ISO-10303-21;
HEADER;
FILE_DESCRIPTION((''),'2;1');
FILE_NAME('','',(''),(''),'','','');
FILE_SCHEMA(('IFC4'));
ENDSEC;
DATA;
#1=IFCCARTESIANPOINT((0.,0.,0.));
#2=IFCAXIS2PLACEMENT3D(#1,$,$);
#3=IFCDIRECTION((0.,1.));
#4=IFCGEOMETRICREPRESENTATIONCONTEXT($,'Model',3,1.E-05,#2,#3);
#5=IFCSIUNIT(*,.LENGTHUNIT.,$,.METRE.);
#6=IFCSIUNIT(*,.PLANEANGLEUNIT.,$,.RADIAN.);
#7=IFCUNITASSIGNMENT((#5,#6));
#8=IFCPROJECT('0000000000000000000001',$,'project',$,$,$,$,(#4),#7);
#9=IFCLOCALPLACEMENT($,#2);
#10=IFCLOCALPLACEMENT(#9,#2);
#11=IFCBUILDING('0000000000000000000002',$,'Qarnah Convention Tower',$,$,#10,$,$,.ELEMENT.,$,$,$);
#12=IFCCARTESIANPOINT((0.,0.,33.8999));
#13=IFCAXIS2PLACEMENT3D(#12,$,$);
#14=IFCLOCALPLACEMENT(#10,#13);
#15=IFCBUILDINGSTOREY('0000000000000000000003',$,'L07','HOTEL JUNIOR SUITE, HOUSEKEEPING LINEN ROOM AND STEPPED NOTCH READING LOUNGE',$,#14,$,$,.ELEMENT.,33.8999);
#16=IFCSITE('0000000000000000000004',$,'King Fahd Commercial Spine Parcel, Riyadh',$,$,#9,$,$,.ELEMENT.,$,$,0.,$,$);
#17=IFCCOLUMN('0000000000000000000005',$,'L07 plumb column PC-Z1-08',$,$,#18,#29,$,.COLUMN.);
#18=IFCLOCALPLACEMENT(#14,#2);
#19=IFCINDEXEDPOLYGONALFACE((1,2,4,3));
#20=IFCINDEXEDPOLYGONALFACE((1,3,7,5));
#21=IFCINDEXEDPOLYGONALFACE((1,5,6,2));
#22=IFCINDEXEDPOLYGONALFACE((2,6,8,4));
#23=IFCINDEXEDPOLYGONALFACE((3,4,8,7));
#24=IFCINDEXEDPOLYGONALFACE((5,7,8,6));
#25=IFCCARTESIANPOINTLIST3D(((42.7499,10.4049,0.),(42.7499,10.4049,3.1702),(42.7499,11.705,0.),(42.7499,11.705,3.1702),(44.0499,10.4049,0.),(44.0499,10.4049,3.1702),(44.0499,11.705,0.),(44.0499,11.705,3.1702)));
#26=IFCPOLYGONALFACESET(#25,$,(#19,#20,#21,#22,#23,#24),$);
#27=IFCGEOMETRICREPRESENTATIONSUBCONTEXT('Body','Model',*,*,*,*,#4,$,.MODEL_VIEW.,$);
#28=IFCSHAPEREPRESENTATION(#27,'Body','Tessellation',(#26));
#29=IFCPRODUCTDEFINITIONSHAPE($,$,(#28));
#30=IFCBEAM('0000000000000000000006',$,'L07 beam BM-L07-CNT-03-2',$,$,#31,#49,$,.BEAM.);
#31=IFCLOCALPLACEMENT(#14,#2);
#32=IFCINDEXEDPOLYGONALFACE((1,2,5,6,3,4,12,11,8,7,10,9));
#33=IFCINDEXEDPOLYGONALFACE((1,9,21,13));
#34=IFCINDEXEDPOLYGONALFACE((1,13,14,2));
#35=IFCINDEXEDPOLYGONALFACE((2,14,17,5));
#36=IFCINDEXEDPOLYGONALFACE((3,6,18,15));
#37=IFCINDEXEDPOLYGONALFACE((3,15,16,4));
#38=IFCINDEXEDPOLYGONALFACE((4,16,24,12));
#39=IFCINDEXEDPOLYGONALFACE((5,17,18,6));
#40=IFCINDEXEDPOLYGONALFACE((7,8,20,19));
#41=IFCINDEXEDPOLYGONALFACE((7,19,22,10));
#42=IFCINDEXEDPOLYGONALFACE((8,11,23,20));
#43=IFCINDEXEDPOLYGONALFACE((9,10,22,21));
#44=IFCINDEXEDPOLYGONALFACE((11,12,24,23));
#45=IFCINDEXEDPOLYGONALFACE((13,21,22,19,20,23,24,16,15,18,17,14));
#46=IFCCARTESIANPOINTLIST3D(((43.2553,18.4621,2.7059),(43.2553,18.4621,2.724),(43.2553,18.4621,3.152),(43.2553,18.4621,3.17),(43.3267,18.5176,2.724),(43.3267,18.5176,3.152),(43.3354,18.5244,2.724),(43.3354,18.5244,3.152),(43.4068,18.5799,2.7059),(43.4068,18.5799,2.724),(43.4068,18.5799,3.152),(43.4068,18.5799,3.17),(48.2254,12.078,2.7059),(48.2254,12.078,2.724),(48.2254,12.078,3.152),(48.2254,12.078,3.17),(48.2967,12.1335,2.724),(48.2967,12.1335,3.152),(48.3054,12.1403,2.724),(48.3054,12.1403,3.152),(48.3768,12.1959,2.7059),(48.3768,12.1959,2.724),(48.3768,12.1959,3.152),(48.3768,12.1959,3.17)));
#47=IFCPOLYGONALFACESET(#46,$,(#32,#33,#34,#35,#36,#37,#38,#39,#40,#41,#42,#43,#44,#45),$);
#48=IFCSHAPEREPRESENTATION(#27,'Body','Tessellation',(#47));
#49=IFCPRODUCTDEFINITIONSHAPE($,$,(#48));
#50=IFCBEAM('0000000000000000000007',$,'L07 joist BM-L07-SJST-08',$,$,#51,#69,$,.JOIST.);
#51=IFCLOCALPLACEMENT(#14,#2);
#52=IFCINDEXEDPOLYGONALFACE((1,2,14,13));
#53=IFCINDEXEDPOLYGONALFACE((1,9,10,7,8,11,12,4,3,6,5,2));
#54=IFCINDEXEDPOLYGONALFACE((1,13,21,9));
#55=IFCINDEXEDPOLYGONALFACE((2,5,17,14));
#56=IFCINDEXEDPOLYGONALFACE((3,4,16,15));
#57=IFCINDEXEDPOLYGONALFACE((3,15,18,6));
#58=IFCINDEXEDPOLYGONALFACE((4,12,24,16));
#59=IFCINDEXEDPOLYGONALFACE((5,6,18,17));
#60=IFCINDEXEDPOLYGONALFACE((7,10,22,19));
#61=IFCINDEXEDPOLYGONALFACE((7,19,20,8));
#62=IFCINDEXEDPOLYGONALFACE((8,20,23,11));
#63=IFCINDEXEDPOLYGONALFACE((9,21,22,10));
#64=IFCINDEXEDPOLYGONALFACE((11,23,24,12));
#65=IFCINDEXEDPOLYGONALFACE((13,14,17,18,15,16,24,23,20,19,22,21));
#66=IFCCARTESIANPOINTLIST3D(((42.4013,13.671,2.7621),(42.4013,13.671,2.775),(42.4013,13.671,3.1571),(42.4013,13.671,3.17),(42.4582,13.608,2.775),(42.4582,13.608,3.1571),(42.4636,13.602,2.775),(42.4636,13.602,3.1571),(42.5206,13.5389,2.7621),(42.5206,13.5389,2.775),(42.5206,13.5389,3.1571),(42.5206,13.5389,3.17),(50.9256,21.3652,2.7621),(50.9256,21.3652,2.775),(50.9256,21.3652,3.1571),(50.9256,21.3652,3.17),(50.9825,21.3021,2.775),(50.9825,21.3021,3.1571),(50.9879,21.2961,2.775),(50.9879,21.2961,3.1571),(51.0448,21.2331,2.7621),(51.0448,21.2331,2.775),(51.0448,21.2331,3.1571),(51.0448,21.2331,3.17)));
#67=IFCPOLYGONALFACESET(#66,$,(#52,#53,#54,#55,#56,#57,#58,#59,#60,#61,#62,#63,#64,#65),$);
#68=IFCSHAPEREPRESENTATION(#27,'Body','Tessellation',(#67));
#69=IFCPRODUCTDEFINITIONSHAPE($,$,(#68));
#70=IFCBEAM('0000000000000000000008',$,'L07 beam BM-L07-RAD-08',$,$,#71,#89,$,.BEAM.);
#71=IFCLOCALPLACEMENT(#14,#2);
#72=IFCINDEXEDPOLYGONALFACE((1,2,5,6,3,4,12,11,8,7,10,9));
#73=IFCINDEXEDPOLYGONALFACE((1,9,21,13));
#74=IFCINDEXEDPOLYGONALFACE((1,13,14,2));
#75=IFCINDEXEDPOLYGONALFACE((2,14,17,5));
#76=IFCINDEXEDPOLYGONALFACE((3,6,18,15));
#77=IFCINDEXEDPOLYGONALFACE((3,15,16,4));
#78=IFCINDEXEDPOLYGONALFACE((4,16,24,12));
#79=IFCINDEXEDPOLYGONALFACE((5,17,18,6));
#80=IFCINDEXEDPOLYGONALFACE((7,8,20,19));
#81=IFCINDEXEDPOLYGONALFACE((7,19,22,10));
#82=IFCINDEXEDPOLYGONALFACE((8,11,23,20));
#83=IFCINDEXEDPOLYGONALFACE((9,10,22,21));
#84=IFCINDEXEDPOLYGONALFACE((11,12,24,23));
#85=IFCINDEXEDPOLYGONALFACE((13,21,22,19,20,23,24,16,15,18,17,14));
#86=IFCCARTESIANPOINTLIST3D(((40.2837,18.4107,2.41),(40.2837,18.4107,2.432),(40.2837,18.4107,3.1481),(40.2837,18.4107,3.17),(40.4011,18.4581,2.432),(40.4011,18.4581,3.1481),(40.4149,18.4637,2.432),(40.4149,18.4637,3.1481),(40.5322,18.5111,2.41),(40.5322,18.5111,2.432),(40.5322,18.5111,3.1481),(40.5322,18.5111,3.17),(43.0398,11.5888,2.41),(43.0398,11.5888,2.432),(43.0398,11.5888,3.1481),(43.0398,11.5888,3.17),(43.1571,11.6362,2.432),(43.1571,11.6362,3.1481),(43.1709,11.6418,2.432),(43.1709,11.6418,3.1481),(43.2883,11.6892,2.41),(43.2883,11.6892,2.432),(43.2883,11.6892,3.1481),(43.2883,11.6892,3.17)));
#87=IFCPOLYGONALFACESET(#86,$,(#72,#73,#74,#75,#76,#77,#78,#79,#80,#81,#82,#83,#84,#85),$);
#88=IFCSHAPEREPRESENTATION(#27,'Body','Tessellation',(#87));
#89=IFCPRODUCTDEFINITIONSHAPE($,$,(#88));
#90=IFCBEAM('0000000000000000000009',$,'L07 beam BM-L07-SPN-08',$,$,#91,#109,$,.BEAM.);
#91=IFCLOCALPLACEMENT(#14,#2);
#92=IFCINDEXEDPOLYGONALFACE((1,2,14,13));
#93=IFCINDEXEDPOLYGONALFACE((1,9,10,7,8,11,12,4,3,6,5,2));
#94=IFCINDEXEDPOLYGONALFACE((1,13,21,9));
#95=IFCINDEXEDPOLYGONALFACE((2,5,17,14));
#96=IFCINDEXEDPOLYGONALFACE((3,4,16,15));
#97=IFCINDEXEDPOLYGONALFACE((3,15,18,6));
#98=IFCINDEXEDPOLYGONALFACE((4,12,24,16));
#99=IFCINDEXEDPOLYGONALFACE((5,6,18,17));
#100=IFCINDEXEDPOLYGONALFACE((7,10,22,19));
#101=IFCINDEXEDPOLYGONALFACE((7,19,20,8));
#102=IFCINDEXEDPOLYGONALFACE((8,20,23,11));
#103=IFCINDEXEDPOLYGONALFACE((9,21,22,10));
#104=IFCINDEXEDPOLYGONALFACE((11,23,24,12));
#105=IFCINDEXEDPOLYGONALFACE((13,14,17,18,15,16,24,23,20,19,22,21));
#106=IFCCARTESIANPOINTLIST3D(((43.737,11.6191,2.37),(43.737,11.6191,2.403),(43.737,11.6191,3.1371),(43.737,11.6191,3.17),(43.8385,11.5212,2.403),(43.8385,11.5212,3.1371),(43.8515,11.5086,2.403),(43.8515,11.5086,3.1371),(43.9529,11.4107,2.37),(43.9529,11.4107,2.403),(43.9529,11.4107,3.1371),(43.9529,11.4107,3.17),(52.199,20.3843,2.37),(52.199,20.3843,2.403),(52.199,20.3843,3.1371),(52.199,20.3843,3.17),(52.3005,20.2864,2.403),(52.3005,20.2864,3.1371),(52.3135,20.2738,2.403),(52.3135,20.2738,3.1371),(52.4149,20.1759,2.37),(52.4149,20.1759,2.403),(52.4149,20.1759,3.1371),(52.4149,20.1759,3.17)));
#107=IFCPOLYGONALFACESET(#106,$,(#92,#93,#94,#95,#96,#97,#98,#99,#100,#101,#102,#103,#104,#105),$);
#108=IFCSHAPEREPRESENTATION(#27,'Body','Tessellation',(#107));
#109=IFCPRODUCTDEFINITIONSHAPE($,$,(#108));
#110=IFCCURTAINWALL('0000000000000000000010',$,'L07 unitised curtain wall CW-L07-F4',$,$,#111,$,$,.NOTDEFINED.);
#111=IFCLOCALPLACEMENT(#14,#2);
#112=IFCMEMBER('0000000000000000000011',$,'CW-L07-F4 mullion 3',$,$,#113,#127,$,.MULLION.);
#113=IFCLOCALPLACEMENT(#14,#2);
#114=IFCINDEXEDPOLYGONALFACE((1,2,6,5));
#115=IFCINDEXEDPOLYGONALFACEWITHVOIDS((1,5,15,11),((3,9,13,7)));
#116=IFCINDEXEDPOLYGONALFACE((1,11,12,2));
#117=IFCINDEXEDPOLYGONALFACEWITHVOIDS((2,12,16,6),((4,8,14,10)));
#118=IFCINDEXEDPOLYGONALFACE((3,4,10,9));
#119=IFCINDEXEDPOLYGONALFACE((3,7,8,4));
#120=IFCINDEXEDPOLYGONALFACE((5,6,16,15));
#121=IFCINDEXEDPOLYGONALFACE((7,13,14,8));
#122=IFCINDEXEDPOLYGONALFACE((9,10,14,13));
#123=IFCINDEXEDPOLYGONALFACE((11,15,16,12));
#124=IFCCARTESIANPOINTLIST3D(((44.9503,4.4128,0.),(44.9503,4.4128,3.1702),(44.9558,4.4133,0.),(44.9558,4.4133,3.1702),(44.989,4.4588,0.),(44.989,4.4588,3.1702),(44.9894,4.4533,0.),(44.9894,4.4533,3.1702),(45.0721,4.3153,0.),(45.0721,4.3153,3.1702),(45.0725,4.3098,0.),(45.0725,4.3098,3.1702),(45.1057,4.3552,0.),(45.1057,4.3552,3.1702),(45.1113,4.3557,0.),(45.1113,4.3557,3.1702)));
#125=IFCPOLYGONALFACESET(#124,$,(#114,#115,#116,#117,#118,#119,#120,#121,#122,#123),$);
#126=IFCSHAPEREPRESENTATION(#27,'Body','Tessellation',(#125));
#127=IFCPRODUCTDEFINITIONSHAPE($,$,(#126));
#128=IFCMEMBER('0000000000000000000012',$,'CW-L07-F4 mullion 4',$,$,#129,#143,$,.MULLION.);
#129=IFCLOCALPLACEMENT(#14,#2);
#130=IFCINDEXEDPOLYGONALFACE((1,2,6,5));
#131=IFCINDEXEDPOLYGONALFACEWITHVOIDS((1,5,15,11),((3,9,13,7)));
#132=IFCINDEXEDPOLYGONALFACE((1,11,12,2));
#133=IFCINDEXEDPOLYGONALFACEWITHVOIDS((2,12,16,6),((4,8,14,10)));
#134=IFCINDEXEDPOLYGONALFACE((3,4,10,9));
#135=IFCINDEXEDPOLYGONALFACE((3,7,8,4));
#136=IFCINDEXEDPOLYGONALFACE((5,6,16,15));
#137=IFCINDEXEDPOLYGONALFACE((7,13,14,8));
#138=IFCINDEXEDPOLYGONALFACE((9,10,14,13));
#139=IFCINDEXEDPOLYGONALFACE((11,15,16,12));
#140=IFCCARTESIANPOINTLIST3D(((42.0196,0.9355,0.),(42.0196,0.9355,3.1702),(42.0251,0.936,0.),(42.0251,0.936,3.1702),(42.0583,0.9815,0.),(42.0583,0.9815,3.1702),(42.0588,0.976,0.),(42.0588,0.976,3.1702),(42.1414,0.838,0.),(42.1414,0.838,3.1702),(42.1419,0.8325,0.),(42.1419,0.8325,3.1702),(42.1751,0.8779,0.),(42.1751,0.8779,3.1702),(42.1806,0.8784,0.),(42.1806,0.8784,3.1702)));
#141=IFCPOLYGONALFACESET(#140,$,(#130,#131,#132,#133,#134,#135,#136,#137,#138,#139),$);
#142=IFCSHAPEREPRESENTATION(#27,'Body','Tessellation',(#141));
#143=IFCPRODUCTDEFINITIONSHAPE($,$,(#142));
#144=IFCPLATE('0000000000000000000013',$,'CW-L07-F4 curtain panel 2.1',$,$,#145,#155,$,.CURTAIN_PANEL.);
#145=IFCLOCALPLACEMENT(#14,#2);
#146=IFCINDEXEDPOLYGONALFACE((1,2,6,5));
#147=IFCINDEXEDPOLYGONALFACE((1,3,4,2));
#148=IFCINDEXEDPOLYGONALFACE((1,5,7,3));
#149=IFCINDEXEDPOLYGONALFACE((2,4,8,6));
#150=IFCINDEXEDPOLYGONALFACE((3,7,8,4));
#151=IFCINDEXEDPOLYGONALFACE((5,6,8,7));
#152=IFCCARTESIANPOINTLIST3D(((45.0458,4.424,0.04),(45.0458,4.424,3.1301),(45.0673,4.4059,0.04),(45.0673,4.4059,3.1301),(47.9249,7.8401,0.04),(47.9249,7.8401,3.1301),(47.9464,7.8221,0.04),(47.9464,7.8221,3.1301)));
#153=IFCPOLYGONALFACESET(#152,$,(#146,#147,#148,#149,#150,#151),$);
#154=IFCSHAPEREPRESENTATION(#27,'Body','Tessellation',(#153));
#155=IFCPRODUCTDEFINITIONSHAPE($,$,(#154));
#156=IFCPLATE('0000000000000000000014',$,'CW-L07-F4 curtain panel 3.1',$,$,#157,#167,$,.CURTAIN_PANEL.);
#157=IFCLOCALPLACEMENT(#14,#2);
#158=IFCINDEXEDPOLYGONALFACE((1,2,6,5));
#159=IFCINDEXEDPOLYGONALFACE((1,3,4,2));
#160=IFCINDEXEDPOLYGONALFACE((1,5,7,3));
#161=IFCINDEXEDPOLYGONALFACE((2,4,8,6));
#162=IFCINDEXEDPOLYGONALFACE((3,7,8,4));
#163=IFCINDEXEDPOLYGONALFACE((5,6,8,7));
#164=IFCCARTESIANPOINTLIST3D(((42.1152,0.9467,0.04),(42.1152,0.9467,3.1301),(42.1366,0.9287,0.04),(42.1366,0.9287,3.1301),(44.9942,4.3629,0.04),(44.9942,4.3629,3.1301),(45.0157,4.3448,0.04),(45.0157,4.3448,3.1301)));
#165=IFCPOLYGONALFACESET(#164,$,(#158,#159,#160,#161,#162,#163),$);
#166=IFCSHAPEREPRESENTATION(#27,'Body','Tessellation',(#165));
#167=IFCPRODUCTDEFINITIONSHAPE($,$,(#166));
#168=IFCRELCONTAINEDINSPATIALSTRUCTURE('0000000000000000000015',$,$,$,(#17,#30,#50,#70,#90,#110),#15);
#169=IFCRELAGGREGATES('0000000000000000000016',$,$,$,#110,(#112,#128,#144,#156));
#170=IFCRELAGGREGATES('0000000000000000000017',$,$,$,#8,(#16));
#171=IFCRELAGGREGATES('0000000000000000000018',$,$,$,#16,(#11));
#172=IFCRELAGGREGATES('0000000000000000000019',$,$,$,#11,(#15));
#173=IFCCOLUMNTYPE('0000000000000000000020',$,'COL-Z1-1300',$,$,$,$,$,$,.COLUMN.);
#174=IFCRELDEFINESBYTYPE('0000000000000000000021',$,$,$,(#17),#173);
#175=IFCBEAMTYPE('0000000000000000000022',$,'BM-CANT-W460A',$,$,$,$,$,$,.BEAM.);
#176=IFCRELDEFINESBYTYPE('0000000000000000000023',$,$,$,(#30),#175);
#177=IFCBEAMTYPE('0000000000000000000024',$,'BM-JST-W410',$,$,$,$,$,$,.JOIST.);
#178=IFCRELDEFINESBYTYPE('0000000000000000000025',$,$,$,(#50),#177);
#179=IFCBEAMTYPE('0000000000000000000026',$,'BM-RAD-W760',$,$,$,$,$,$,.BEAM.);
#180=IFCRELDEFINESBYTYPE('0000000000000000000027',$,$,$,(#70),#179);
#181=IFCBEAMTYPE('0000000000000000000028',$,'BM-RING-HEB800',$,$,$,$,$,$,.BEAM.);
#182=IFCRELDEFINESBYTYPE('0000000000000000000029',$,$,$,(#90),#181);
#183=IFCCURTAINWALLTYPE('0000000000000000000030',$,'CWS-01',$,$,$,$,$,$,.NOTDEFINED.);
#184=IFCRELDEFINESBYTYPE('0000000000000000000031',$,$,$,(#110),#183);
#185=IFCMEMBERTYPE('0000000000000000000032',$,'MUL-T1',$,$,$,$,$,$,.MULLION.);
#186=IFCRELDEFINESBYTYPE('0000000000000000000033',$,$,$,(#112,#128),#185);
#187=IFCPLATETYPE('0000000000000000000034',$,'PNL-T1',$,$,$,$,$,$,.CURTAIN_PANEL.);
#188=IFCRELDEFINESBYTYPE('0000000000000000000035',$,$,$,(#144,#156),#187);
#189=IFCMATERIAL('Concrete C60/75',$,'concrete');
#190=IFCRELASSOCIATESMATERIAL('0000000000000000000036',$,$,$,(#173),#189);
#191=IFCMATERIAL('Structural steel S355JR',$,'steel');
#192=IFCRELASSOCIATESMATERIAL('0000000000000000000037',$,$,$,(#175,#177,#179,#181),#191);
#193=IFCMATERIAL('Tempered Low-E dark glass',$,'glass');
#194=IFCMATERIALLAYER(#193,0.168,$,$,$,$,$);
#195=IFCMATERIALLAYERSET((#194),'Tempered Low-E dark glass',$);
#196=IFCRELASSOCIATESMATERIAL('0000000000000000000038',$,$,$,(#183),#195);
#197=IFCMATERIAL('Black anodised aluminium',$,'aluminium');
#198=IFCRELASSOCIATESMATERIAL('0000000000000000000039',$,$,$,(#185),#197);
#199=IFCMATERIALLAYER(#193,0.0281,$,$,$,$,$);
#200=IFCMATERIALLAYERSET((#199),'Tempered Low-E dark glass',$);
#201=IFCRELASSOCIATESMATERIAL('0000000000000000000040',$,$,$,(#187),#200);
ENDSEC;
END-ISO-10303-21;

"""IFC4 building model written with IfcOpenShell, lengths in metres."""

from ifc_helpers import new_model, si_unit, direction, frame, origin, origin_2d, place, context, subcontext, project, spatial, rectangle, hollow_rectangle, i_section, extrude, material, layer, layer_set, material_profile, profile_set, type_object, element, aggregate, save


model = new_model("IFC4")

# Units and contexts
model_context = context("Model", 3, precision=1e-05, world=origin(), true_north=direction((0.0, 1.0)))
body_context = subcontext(model_context, "Body", "Model", "MODEL_VIEW")
ifc_project = project(units=[si_unit("LENGTHUNIT", "METRE"), si_unit("PLANEANGLEUNIT", "RADIAN")], contexts=[model_context])

# Site, building, storey
site_placement = place(None, origin())
site = spatial("IfcSite", under=ifc_project, at=site_placement, Name="King Fahd Commercial Spine Parcel, Riyadh", CompositionType="ELEMENT", RefElevation=0.0)
building_placement = place(site_placement, origin())
building = spatial("IfcBuilding", under=site, at=building_placement, Name="Qarnah Convention Tower", CompositionType="ELEMENT")
storey_placement = place(building_placement, frame((0.0, 0.0, 33.8999)))
storey = spatial("IfcBuildingStorey", under=building, at=storey_placement, Name="L07", Description="HOTEL JUNIOR SUITE, HOUSEKEEPING LINEN ROOM AND STEPPED NOTCH READING LOUNGE", CompositionType="ELEMENT", Elevation=33.8999)

# Column
ifc_material_1 = material(Name="Concrete C60/75", Category="concrete")
ifc_material_profile_1 = material_profile(ifc_material_1, rectangle(XDim=1.3, YDim=1.3, at=origin_2d()), Name="RC-COL-1300X1300")
ifc_profile_set_1 = profile_set([ifc_material_profile_1], Name="Concrete C60/75")
column_type = type_object("IfcColumnType", Name="COL-Z1-1300", PredefinedType="COLUMN", material=ifc_profile_set_1)
column_placement = place(storey_placement, frame((43.3999, 11.0549, 0.0), z_axis=(0.0, 0.0, 1.0), x_axis=(1.0, 0.0, 0.0)))
element("IfcColumn", 1, at=column_placement, inside=storey, type_object=column_type, Name="L07 plumb column PC-Z1-08", PredefinedType="COLUMN", context=body_context, shape_type="SweptSolid", body=[
    extrude(rectangle(XDim=1.3, YDim=1.3, at=origin_2d()), origin(), (0.0, 0.0, 1.0), 3.1702),
])

# Beams
ifc_material_2 = material(Name="Structural steel S355JR", Category="steel")
ifc_material_profile_2 = material_profile(ifc_material_2, i_section(OverallWidth=0.1919, OverallDepth=0.4641, WebThickness=0.011, FlangeThickness=0.0181, at=origin_2d()), Name="W460X89")
ifc_profile_set_2 = profile_set([ifc_material_profile_2], Name="Structural steel S355JR")
beam_type_1 = type_object("IfcBeamType", Name="BM-CANT-W460A", PredefinedType="BEAM", material=ifc_profile_set_2)
beam_1_placement = place(storey_placement, frame((43.3311, 18.521, 2.938), z_axis=(0.614296, -0.789076, 0.0), x_axis=(0.789076, 0.614296, 0.0)))
element("IfcBeam", 2, at=beam_1_placement, inside=storey, type_object=beam_type_1, Name="L07 beam BM-L07-CNT-03-2", PredefinedType="BEAM", context=body_context, shape_type="SweptSolid", body=[
    extrude(i_section(OverallWidth=0.1919, OverallDepth=0.4641, WebThickness=0.011, FlangeThickness=0.0181, at=origin_2d()), origin(), (0.0, 0.0, 1.0), 8.0906),
])
ifc_material_profile_3 = material_profile(ifc_material_2, i_section(OverallWidth=0.178, OverallDepth=0.408, WebThickness=0.0081, FlangeThickness=0.0129, at=origin_2d()), Name="W410X60")
ifc_profile_set_3 = profile_set([ifc_material_profile_3], Name="Structural steel S355JR")
beam_type_2 = type_object("IfcBeamType", Name="BM-JST-W410", PredefinedType="JOIST", material=ifc_profile_set_3)
beam_2_placement = place(storey_placement, frame((42.4609, 13.605, 2.9661), z_axis=(0.742326, 0.670039, 0.0), x_axis=(-0.670039, 0.742326, 0.0)))
element("IfcBeam", 3, at=beam_2_placement, inside=storey, type_object=beam_type_2, Name="L07 joist BM-L07-SJST-08", PredefinedType="JOIST", context=body_context, shape_type="SweptSolid", body=[
    extrude(i_section(OverallWidth=0.178, OverallDepth=0.408, WebThickness=0.0081, FlangeThickness=0.0129, at=origin_2d()), origin(), (0.0, 0.0, 1.0), 11.4832),
])
ifc_material_profile_4 = material_profile(ifc_material_2, i_section(OverallWidth=0.2681, OverallDepth=0.76, WebThickness=0.0149, FlangeThickness=0.022, at=origin_2d()), Name="W760X185")
ifc_profile_set_4 = profile_set([ifc_material_profile_4], Name="Structural steel S355JR")
beam_type_3 = type_object("IfcBeamType", Name="BM-RAD-W760", PredefinedType="BEAM", material=ifc_profile_set_4)
beam_3_placement = place(storey_placement, frame((40.408, 18.4609, 2.79), z_axis=(0.374586, -0.927192, 0.0), x_axis=(0.927192, 0.374586, 0.0)))
element("IfcBeam", 4, at=beam_3_placement, inside=storey, type_object=beam_type_3, Name="L07 beam BM-L07-RAD-08", PredefinedType="BEAM", context=body_context, shape_type="SweptSolid", body=[
    extrude(i_section(OverallWidth=0.2681, OverallDepth=0.76, WebThickness=0.0149, FlangeThickness=0.022, at=origin_2d()), origin(), (0.0, 0.0, 1.0), 7.3577),
])
ifc_material_profile_5 = material_profile(ifc_material_2, i_section(OverallWidth=0.3, OverallDepth=0.8, WebThickness=0.0181, FlangeThickness=0.033, at=origin_2d()), Name="HEB800")
ifc_profile_set_5 = profile_set([ifc_material_profile_5], Name="Structural steel S355JR")
beam_type_4 = type_object("IfcBeamType", Name="BM-RING-HEB800", PredefinedType="BEAM", material=ifc_profile_set_5)
beam_4_placement = place(storey_placement, frame((43.845, 11.5149, 2.77), z_axis=(0.694553, 0.719442, 0.0), x_axis=(-0.719442, 0.694553, 0.0)))
element("IfcBeam", 5, at=beam_4_placement, inside=storey, type_object=beam_type_4, Name="L07 beam BM-L07-SPN-08", PredefinedType="BEAM", context=body_context, shape_type="SweptSolid", body=[
    extrude(i_section(OverallWidth=0.3, OverallDepth=0.8, WebThickness=0.0181, FlangeThickness=0.033, at=origin_2d()), origin(), (0.0, 0.0, 1.0), 12.1833),
])

# Curtain wall, members, plates
ifc_material_3 = material(Name="Tempered Low-E dark glass", Category="glass")
ifc_layer_1 = layer(ifc_material_3, 0.168)
ifc_layer_set_1 = layer_set([ifc_layer_1], Name="Tempered Low-E dark glass")
curtain_wall_type = type_object("IfcCurtainWallType", Name="CWS-01", PredefinedType="NOTDEFINED", material=ifc_layer_set_1)
curtain_wall_placement = place(storey_placement, origin())
curtain_wall = element("IfcCurtainWall", 6, at=curtain_wall_placement, inside=storey, type_object=curtain_wall_type, Name="L07 unitised curtain wall CW-L07-F4", PredefinedType="NOTDEFINED")
ifc_material_4 = material(Name="Black anodised aluminium", Category="aluminium")
ifc_material_profile_6 = material_profile(ifc_material_4, hollow_rectangle(XDim=0.0601, YDim=0.1599, WallThickness=0.0039, at=origin_2d()), Name="MUL-60X160")
ifc_profile_set_6 = profile_set([ifc_material_profile_6], Name="Black anodised aluminium")
member_type = type_object("IfcMemberType", Name="MUL-T1", PredefinedType="MULLION", material=ifc_profile_set_6)
member_1_placement = place(storey_placement, frame((45.0308, 4.3843, 0.0), z_axis=(0.0, 0.0, 1.0), x_axis=(-0.644443, -0.764653, 0.0)))
member_1 = element("IfcMember", 7, at=member_1_placement, type_object=member_type, Name="CW-L07-F4 mullion 3", PredefinedType="MULLION", context=body_context, shape_type="SweptSolid", body=[
    extrude(hollow_rectangle(XDim=0.0601, YDim=0.1599, WallThickness=0.0039, at=origin_2d()), origin(), (0.0, 0.0, 1.0), 3.1702),
])
member_2_placement = place(storey_placement, frame((42.1001, 0.907, 0.0), z_axis=(0.0, 0.0, 1.0), x_axis=(-0.644443, -0.764653, 0.0)))
member_2 = element("IfcMember", 8, at=member_2_placement, type_object=member_type, Name="CW-L07-F4 mullion 4", PredefinedType="MULLION", context=body_context, shape_type="SweptSolid", body=[
    extrude(hollow_rectangle(XDim=0.0601, YDim=0.1599, WallThickness=0.0039, at=origin_2d()), origin(), (0.0, 0.0, 1.0), 3.1702),
])
ifc_layer_2 = layer(ifc_material_3, 0.0281)
ifc_layer_set_2 = layer_set([ifc_layer_2], Name="Tempered Low-E dark glass")
plate_type = type_object("IfcPlateType", Name="PNL-T1", PredefinedType="CURTAIN_PANEL", material=ifc_layer_set_2)
plate_1_placement = place(storey_placement, frame((46.4961, 6.123, 0.04), z_axis=(0.0, 0.0, 1.0), x_axis=(-0.644443, -0.764653, 0.0)))
plate_1 = element("IfcPlate", 9, at=plate_1_placement, type_object=plate_type, Name="CW-L07-F4 curtain panel 2.1", PredefinedType="CURTAIN_PANEL", context=body_context, shape_type="SweptSolid", body=[
    extrude(rectangle(XDim=4.4675, YDim=0.0281, at=origin_2d()), origin(), (0.0, 0.0, 1.0), 3.0901),
])
plate_2_placement = place(storey_placement, frame((43.5654, 2.6458, 0.04), z_axis=(0.0, 0.0, 1.0), x_axis=(-0.644443, -0.764653, 0.0)))
plate_2 = element("IfcPlate", 10, at=plate_2_placement, type_object=plate_type, Name="CW-L07-F4 curtain panel 3.1", PredefinedType="CURTAIN_PANEL", context=body_context, shape_type="SweptSolid", body=[
    extrude(rectangle(XDim=4.4675, YDim=0.0281, at=origin_2d()), origin(), (0.0, 0.0, 1.0), 3.0901),
])
aggregate(curtain_wall, [member_1, member_2, plate_1, plate_2])

save(model, "model.ifc")
